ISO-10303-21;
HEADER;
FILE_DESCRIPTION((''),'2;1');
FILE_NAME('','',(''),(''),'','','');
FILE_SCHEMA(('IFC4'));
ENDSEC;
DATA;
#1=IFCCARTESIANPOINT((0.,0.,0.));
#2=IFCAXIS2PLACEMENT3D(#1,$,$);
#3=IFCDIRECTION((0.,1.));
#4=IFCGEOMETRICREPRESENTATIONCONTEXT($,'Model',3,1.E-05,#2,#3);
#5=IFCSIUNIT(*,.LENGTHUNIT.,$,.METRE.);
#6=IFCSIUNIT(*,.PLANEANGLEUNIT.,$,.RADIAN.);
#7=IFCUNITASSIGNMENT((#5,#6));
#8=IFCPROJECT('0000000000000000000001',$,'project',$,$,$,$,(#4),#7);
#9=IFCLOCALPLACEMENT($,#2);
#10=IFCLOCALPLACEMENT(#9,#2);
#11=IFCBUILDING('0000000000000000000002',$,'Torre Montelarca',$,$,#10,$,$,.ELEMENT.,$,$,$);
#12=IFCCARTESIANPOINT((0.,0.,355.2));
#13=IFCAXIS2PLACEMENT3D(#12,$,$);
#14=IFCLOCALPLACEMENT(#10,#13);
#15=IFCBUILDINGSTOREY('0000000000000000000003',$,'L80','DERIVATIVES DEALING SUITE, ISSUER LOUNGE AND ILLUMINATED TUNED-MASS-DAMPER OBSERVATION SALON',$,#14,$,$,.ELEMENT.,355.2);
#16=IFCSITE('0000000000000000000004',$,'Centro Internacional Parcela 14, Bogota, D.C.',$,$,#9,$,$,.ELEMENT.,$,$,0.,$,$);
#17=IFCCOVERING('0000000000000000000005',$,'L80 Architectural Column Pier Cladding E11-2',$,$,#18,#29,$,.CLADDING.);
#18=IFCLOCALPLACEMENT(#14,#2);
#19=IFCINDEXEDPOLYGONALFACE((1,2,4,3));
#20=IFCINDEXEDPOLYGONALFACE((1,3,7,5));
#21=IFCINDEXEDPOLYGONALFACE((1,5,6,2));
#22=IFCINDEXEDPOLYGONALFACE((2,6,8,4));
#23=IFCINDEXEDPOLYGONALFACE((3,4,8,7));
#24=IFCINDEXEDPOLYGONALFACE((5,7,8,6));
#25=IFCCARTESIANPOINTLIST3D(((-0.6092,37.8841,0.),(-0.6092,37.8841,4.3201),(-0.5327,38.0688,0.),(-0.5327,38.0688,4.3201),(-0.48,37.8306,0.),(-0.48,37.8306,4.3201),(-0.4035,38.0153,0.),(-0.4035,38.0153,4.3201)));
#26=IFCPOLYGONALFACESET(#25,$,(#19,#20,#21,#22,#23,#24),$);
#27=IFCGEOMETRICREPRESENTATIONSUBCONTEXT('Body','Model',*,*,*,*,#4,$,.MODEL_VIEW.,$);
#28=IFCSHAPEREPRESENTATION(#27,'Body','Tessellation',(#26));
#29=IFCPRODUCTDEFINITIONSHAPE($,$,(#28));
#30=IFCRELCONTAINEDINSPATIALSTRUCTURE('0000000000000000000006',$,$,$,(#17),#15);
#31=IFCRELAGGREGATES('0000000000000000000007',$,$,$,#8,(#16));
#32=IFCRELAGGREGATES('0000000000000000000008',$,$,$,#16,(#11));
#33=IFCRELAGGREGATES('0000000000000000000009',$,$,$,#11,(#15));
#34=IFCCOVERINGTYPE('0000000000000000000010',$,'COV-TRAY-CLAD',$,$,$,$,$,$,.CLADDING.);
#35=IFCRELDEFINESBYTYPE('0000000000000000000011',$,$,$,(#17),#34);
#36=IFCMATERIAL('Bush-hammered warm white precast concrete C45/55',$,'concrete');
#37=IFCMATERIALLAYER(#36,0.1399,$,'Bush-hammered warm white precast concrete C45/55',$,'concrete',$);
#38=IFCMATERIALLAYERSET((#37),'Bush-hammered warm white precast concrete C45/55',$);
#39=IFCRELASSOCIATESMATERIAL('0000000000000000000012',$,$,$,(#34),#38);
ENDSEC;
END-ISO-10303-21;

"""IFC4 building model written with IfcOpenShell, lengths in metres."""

from ifc_helpers import new_model, si_unit, direction, frame, origin, origin_2d, place, context, subcontext, project, spatial, rectangle, extrude, source, transform, mapped, material, layer, layer_set, type_object, element, save


model = new_model("IFC4")

# Units and contexts
model_context = context("Model", 3, precision=1e-05, world=origin(), true_north=direction((0.0, 1.0)))
body_context = subcontext(model_context, "Body", "Model", "MODEL_VIEW")
ifc_project = project(units=[si_unit("LENGTHUNIT", "METRE"), si_unit("PLANEANGLEUNIT", "RADIAN")], contexts=[model_context])

# Site, building, storey
site_placement = place(None, origin())
site = spatial("IfcSite", under=ifc_project, at=site_placement, Name="Centro Internacional Parcela 14, Bogota, D.C.", CompositionType="ELEMENT", RefElevation=0.0)
building_placement = place(site_placement, origin())
building = spatial("IfcBuilding", under=site, at=building_placement, Name="Torre Montelarca", CompositionType="ELEMENT")
storey_placement = place(building_placement, frame((0.0, 0.0, 355.2)))
storey = spatial("IfcBuildingStorey", under=building, at=storey_placement, Name="L80", Description="DERIVATIVES DEALING SUITE, ISSUER LOUNGE AND ILLUMINATED TUNED-MASS-DAMPER OBSERVATION SALON", CompositionType="ELEMENT", Elevation=355.2)

# Covering
ifc_material_1 = material(Name="Bush-hammered warm white precast concrete C45/55", Category="concrete")
ifc_layer_1 = layer(ifc_material_1, 0.1399, Name="Bush-hammered warm white precast concrete C45/55", Category="concrete")
ifc_layer_set_1 = layer_set([ifc_layer_1], Name="Bush-hammered warm white precast concrete C45/55")
covering_type = type_object("IfcCoveringType", Name="COV-TRAY-CLAD", PredefinedType="CLADDING", material=ifc_layer_set_1)
shared_shape_1 = source(origin(), body_context, "Body", "SweptSolid", [
    extrude(rectangle(XDim=0.2, YDim=0.1399, at=origin_2d()), origin(), (0.0, 0.0, 1.0), 4.3201),
])
covering_placement = place(storey_placement, frame((-0.5063, 37.9497, 0.0), z_axis=(0.0, 0.0, 1.0), x_axis=(-0.38268, -0.923881, 0.0)))
element("IfcCovering", 1, at=covering_placement, inside=storey, type_object=covering_type, Name="L80 Architectural Column Pier Cladding E11-2", PredefinedType="CLADDING", context=body_context, shape_type="MappedRepresentation", body=[
    mapped(shared_shape_1, transform((0.0, 0.0, 0.0), scale=1.0)),
])

save(model, "model.ifc")
